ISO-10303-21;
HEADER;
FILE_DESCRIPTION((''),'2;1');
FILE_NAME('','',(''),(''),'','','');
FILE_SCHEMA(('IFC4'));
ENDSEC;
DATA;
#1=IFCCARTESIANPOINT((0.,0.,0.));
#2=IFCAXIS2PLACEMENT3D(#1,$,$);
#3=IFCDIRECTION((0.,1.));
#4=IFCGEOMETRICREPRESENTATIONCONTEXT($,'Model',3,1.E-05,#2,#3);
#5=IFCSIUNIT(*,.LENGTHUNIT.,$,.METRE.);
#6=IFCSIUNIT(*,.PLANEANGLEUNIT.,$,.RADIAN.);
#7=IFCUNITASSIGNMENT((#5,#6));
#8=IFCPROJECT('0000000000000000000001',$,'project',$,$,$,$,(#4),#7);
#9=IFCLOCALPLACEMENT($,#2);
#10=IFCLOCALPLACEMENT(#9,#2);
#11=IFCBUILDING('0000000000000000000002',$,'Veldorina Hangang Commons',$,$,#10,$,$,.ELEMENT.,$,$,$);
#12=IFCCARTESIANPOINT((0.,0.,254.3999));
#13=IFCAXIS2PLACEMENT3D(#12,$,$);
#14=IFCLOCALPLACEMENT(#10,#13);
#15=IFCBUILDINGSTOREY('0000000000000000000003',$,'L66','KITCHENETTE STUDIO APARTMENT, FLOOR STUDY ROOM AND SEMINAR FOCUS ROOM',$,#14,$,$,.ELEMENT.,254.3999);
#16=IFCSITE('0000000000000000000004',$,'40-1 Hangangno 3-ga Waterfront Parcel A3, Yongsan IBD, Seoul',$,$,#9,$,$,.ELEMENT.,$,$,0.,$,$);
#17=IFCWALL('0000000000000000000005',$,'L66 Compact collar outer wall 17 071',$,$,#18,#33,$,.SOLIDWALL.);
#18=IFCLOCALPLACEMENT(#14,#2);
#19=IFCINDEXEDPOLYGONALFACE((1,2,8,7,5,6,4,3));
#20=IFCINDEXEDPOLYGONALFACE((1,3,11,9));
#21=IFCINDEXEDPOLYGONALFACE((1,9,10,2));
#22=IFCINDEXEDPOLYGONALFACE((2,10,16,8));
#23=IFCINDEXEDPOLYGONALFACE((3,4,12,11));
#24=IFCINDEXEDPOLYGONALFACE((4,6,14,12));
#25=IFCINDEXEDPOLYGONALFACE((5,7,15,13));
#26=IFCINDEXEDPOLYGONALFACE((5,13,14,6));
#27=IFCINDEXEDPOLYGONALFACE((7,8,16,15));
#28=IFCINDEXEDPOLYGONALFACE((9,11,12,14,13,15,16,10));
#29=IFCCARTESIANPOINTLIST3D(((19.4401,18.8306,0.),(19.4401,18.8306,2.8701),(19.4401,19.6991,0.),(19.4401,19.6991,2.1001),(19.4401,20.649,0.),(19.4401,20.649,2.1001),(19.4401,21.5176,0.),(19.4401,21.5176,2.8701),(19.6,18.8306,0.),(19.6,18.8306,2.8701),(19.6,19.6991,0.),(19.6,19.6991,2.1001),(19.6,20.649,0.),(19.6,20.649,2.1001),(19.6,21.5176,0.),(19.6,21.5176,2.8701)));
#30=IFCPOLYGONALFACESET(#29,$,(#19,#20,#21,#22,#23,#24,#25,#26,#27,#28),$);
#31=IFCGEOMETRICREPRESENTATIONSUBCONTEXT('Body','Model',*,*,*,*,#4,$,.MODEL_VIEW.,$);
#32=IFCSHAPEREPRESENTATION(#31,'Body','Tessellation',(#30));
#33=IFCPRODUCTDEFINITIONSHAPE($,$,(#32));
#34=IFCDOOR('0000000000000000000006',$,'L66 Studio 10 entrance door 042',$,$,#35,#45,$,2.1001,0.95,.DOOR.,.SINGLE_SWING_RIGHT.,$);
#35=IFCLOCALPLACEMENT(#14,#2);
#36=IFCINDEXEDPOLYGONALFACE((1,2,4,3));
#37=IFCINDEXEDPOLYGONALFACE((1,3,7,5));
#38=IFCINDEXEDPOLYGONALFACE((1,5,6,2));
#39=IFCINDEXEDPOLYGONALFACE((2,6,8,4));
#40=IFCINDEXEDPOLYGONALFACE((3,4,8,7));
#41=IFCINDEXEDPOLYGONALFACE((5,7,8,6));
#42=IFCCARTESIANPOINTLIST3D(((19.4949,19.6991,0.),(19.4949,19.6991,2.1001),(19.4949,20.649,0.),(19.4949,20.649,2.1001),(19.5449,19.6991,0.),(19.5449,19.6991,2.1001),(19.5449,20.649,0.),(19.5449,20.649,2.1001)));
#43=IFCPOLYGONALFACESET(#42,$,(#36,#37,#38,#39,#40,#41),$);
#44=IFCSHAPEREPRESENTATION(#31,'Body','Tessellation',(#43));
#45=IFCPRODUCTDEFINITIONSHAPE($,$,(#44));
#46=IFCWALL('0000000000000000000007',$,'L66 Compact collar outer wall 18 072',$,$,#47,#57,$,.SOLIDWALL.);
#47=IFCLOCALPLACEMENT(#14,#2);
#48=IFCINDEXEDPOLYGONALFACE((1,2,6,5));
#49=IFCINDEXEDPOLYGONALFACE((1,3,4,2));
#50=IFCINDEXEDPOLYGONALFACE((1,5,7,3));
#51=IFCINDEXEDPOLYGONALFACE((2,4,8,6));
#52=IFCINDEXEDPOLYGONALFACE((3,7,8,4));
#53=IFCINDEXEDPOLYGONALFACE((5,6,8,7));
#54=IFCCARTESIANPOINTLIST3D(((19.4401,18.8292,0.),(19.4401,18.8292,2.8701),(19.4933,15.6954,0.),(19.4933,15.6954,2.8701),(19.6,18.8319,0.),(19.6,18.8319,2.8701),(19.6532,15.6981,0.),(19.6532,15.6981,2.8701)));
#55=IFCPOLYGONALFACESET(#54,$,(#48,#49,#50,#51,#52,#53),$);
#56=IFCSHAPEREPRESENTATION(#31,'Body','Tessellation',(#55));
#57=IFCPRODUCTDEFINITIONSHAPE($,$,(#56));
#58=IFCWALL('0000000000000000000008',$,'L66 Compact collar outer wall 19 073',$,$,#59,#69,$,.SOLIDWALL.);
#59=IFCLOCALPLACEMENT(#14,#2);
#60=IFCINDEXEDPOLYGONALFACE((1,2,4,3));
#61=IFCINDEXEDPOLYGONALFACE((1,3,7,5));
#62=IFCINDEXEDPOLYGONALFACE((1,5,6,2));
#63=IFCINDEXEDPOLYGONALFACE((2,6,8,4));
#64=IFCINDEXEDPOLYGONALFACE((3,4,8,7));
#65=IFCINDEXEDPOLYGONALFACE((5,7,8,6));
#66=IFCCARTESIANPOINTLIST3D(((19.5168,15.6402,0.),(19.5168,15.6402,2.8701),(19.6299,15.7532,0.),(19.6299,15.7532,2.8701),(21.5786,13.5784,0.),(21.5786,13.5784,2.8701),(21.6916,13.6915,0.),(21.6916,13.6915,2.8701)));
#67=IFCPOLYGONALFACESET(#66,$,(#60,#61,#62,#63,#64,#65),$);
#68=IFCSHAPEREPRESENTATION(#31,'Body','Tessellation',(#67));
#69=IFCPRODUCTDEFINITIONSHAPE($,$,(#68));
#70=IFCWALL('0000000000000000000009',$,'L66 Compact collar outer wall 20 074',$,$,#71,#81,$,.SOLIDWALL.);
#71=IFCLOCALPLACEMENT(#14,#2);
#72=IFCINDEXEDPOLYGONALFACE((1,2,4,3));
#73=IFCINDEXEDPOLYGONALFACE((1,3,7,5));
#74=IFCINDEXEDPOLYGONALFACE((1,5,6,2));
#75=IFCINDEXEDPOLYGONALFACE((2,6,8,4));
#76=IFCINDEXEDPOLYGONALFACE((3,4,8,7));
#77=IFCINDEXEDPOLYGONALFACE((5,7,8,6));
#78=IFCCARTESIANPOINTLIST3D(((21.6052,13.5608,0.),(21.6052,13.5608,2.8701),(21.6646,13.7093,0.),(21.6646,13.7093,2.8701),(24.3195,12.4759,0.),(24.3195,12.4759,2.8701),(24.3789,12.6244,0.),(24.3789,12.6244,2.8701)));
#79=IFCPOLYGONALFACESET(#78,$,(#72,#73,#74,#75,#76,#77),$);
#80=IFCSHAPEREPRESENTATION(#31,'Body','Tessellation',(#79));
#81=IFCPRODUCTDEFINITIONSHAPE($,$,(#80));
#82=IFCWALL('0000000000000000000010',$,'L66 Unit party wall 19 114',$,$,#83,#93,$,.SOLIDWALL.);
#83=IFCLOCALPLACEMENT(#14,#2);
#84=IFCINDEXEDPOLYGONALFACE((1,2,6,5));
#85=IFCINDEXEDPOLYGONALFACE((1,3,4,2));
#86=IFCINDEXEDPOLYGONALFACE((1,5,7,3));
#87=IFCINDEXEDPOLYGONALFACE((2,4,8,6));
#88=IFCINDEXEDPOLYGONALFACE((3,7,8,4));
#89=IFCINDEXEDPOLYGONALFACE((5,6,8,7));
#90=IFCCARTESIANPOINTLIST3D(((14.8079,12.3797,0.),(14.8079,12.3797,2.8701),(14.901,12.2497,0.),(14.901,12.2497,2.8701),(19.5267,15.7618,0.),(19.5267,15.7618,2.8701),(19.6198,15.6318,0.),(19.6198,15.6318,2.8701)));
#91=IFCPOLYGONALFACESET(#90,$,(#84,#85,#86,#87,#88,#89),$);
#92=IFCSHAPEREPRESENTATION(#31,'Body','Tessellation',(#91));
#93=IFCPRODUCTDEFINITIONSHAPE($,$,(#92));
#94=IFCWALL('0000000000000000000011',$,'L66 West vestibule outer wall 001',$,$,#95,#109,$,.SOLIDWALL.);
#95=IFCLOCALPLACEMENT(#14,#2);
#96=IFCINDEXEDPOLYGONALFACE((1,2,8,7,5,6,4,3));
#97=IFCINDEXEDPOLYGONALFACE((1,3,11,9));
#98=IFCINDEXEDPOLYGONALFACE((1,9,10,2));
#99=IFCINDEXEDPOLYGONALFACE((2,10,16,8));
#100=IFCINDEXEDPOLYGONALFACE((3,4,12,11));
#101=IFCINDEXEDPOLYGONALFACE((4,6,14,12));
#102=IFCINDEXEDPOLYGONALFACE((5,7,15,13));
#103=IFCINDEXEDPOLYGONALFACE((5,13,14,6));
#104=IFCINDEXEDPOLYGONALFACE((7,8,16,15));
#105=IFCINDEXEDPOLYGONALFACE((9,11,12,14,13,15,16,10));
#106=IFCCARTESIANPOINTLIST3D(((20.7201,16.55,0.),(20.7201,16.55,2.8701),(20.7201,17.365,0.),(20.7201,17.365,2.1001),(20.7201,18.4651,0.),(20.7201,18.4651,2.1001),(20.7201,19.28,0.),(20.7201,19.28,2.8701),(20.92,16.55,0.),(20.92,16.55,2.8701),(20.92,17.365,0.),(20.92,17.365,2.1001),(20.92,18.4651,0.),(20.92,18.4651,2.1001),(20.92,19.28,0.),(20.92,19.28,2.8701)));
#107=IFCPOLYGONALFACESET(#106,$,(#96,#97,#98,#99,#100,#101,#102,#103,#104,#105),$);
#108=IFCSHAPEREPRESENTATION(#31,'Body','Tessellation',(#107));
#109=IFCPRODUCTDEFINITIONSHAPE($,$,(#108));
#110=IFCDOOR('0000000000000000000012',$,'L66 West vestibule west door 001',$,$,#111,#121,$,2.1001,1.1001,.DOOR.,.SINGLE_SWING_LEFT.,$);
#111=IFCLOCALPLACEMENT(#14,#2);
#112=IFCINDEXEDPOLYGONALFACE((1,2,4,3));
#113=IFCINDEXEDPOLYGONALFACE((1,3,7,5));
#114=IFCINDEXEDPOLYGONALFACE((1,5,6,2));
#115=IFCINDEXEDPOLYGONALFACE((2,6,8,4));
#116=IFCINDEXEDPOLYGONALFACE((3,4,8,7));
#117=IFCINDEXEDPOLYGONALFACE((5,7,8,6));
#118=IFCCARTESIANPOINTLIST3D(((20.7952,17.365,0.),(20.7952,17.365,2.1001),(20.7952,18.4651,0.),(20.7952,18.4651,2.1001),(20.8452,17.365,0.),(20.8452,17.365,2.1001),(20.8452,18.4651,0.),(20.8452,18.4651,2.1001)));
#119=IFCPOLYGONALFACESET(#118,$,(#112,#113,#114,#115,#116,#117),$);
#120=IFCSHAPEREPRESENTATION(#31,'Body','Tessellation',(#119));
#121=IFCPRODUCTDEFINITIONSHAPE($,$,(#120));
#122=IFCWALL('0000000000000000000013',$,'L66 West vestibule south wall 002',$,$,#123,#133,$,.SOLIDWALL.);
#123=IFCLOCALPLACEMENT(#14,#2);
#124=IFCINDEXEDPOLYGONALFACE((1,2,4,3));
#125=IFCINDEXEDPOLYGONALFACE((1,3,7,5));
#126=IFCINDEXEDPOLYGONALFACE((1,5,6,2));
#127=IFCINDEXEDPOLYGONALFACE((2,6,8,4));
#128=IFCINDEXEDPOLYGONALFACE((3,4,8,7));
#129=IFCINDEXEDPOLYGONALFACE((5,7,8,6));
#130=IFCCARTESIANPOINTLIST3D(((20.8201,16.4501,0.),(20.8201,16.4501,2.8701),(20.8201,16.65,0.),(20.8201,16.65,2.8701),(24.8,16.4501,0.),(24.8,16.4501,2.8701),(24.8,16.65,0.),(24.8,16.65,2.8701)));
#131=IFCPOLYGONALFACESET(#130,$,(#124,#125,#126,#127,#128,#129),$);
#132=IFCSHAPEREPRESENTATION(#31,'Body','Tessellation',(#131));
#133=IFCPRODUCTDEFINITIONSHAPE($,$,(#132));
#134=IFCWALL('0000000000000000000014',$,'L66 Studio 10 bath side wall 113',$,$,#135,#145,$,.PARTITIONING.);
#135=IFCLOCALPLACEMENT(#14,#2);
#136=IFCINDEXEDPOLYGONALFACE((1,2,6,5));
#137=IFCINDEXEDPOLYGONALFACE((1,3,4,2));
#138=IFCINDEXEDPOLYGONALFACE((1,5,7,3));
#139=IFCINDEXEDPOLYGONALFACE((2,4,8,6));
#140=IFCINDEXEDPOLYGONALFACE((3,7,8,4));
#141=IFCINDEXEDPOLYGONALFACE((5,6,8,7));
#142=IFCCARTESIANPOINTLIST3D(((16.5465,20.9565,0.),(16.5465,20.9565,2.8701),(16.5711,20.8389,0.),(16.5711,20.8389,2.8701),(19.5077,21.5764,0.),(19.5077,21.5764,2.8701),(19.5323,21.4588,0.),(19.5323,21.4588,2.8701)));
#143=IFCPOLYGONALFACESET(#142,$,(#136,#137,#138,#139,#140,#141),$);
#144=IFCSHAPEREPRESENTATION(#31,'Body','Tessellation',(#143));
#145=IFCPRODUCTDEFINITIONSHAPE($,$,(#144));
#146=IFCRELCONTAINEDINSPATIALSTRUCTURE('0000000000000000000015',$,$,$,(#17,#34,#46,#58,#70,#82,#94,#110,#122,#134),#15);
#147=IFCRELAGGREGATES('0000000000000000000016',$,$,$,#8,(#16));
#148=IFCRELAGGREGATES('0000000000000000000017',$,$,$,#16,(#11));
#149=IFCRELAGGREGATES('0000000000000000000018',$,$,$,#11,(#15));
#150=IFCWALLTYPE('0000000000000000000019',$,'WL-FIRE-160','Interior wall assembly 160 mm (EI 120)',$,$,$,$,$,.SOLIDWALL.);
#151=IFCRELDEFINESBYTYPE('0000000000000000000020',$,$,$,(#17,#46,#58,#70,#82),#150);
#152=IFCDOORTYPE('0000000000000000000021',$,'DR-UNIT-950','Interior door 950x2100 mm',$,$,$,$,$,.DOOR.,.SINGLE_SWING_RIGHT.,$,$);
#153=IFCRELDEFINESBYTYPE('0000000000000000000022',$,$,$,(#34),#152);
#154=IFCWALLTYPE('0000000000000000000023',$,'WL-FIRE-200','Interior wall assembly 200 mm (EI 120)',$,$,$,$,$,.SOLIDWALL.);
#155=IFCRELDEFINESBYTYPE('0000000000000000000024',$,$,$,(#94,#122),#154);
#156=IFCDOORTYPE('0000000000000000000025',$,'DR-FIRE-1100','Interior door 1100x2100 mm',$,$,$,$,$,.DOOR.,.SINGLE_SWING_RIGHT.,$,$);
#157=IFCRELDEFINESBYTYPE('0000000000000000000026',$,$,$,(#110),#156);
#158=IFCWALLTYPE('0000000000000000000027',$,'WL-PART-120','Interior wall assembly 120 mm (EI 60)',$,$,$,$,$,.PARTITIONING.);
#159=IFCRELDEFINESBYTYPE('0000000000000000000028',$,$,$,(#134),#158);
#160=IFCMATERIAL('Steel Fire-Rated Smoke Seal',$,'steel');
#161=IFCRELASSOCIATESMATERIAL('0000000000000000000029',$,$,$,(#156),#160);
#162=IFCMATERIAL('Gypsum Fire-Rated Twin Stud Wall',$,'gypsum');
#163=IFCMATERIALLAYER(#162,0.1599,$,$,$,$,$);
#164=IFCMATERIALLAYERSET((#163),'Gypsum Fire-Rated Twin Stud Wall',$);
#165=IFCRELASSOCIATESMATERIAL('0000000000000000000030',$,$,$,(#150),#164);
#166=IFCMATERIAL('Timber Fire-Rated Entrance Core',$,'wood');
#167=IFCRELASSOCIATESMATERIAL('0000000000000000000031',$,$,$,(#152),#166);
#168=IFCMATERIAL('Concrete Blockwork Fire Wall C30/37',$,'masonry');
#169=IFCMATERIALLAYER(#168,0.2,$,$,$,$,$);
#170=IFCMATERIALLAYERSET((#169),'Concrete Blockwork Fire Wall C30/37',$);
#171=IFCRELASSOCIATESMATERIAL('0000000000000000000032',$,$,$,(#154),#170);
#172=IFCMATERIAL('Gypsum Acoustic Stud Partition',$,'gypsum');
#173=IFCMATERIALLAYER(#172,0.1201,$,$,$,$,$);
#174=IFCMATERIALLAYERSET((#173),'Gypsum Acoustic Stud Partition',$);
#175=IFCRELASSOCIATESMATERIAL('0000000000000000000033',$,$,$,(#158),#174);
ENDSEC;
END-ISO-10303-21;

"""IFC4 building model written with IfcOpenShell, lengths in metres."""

from ifc_helpers import new_model, si_unit, direction, frame, frame_2d, origin, place, context, subcontext, project, spatial, rectangle, extrude, material, layer, layer_set, type_object, element, fill, save


model = new_model("IFC4")

# Units and contexts
model_context = context("Model", 3, precision=1e-05, world=origin(), true_north=direction((0.0, 1.0)))
body_context = subcontext(model_context, "Body", "Model", "MODEL_VIEW")
ifc_project = project(units=[si_unit("LENGTHUNIT", "METRE"), si_unit("PLANEANGLEUNIT", "RADIAN")], contexts=[model_context])

# Site, building, storey
site_placement = place(None, origin())
site = spatial("IfcSite", under=ifc_project, at=site_placement, Name="40-1 Hangangno 3-ga Waterfront Parcel A3, Yongsan IBD, Seoul", CompositionType="ELEMENT", RefElevation=0.0)
building_placement = place(site_placement, origin())
building = spatial("IfcBuilding", under=site, at=building_placement, Name="Veldorina Hangang Commons", CompositionType="ELEMENT")
storey_placement = place(building_placement, frame((0.0, 0.0, 254.3999)))
storey = spatial("IfcBuildingStorey", under=building, at=storey_placement, Name="L66", Description="KITCHENETTE STUDIO APARTMENT, FLOOR STUDY ROOM AND SEMINAR FOCUS ROOM", CompositionType="ELEMENT", Elevation=254.3999)

# Wall, opening, door
ifc_material_1 = material(Name="Steel Fire-Rated Smoke Seal", Category="steel")
door_type_1 = type_object("IfcDoorType", Name="DR-FIRE-1100", Description="Interior door 1100x2100 mm", OperationType="SINGLE_SWING_RIGHT", PredefinedType="DOOR", material=ifc_material_1)
ifc_material_2 = material(Name="Gypsum Fire-Rated Twin Stud Wall", Category="gypsum")
ifc_layer_1 = layer(ifc_material_2, 0.1599)
ifc_layer_set_1 = layer_set([ifc_layer_1], Name="Gypsum Fire-Rated Twin Stud Wall")
wall_type_1 = type_object("IfcWallType", Name="WL-FIRE-160", Description="Interior wall assembly 160 mm (EI 120)", PredefinedType="SOLIDWALL", material=ifc_layer_set_1)
wall_1_placement = place(storey_placement, frame((19.52, 21.5176, 0.0), z_axis=(0.0, 0.0, 1.0), x_axis=(0.0, -1.0, 0.0)))
wall_1 = element("IfcWall", 1, at=wall_1_placement, inside=storey, type_object=wall_type_1, Name="L66 Compact collar outer wall 17 071", PredefinedType="SOLIDWALL", context=body_context, shape_type="SweptSolid", body=[
    extrude(rectangle(XDim=2.687, YDim=0.1599, at=frame_2d((1.3435, 0.0))), origin(), (0.0, 0.0, 1.0), 2.8701),
])
opening_1_placement = place(wall_1_placement, frame((0.8684, 0.0, 0.0)))
opening_1 = element("IfcOpeningElement", 2, at=opening_1_placement, cuts=wall_1, PredefinedType="OPENING", context=body_context, shape_type="SweptSolid", body=[
    extrude(rectangle(XDim=0.95, YDim=2.1001, at=frame_2d((0.4751, 1.05))), frame((0.0, 0.0898, 0.0), z_axis=(0.0, -1.0, 0.0), x_axis=(1.0, 0.0, 0.0)), (0.0, 0.0, 1.0), 0.1799),
])
ifc_material_3 = material(Name="Timber Fire-Rated Entrance Core", Category="wood")
door_type_2 = type_object("IfcDoorType", Name="DR-UNIT-950", Description="Interior door 950x2100 mm", OperationType="SINGLE_SWING_RIGHT", PredefinedType="DOOR", material=ifc_material_3)
door_1_placement = place(opening_1_placement, origin())
door_1 = element("IfcDoor", 3, at=door_1_placement, inside=storey, type_object=door_type_2, Name="L66 Studio 10 entrance door 042", OperationType="SINGLE_SWING_RIGHT", OverallHeight=2.1001, OverallWidth=0.95, PredefinedType="DOOR", context=body_context, shape_type="SweptSolid", body=[
    extrude(rectangle(XDim=0.95, YDim=2.1001, at=frame_2d((0.4751, 1.05))), frame((0.0, 0.0249, 0.0), z_axis=(0.0, -1.0, 0.0), x_axis=(1.0, 0.0, 0.0)), (0.0, 0.0, 1.0), 0.05),
])
fill(opening_1, door_1)

# Walls
wall_2_placement = place(storey_placement, frame((19.52, 18.8306, 0.0), z_axis=(0.0, 0.0, 1.0), x_axis=(0.016981, -0.999856, 0.0)))
element("IfcWall", 4, at=wall_2_placement, inside=storey, type_object=wall_type_1, Name="L66 Compact collar outer wall 18 072", PredefinedType="SOLIDWALL", context=body_context, shape_type="SweptSolid", body=[
    extrude(rectangle(XDim=3.1343, YDim=0.1599, at=frame_2d((1.5671, 0.0))), origin(), (0.0, 0.0, 1.0), 2.8701),
])
wall_3_placement = place(storey_placement, frame((19.5732, 15.6968, 0.0), z_axis=(0.0, 0.0, 1.0), x_axis=(0.707107, -0.707107, 0.0)))
element("IfcWall", 5, at=wall_3_placement, inside=storey, type_object=wall_type_1, Name="L66 Compact collar outer wall 19 073", PredefinedType="SOLIDWALL", context=body_context, shape_type="SweptSolid", body=[
    extrude(rectangle(XDim=2.9158, YDim=0.1599, at=frame_2d((1.458, 0.0))), origin(), (0.0, 0.0, 1.0), 2.8701),
])
wall_4_placement = place(storey_placement, frame((21.635, 13.635, 0.0), z_axis=(0.0, 0.0, 1.0), x_axis=(0.928569, -0.37116, 0.0)))
element("IfcWall", 6, at=wall_4_placement, inside=storey, type_object=wall_type_1, Name="L66 Compact collar outer wall 20 074", PredefinedType="SOLIDWALL", context=body_context, shape_type="SweptSolid", body=[
    extrude(rectangle(XDim=2.9231, YDim=0.1599, at=frame_2d((1.4614, 0.0))), origin(), (0.0, 0.0, 1.0), 2.8701),
])
wall_5_placement = place(storey_placement, frame((19.5732, 15.6968, 0.0), z_axis=(0.0, 0.0, 1.0), x_axis=(-0.812792, -0.582554, 0.0)))
element("IfcWall", 7, at=wall_5_placement, inside=storey, type_object=wall_type_1, Name="L66 Unit party wall 19 114", PredefinedType="SOLIDWALL", context=body_context, shape_type="SweptSolid", body=[
    extrude(rectangle(XDim=5.8057, YDim=0.1599, at=frame_2d((2.9028, 0.0))), origin(), (0.0, 0.0, 1.0), 2.8701),
])

# Wall, opening, door
ifc_material_4 = material(Name="Concrete Blockwork Fire Wall C30/37", Category="masonry")
ifc_layer_2 = layer(ifc_material_4, 0.2)
ifc_layer_set_2 = layer_set([ifc_layer_2], Name="Concrete Blockwork Fire Wall C30/37")
wall_type_2 = type_object("IfcWallType", Name="WL-FIRE-200", Description="Interior wall assembly 200 mm (EI 120)", PredefinedType="SOLIDWALL", material=ifc_layer_set_2)
wall_6_placement = place(storey_placement, frame((20.8201, 16.55, 0.0), z_axis=(0.0, 0.0, 1.0), x_axis=(0.0, 1.0, 0.0)))
wall_6 = element("IfcWall", 8, at=wall_6_placement, inside=storey, type_object=wall_type_2, Name="L66 West vestibule outer wall 001", PredefinedType="SOLIDWALL", context=body_context, shape_type="SweptSolid", body=[
    extrude(rectangle(XDim=2.73, YDim=0.2, at=frame_2d((1.365, 0.0))), origin(), (0.0, 0.0, 1.0), 2.8701),
])
opening_2_placement = place(wall_6_placement, frame((0.8149, 0.0, 0.0)))
opening_2 = element("IfcOpeningElement", 9, at=opening_2_placement, cuts=wall_6, PredefinedType="OPENING", context=body_context, shape_type="SweptSolid", body=[
    extrude(rectangle(XDim=1.1001, YDim=2.1001, at=frame_2d((0.55, 1.05))), frame((0.0, 0.1099, 0.0), z_axis=(0.0, -1.0, 0.0), x_axis=(1.0, 0.0, 0.0)), (0.0, 0.0, 1.0), 0.22),
])
door_2_placement = place(opening_2_placement, origin())
door_2 = element("IfcDoor", 10, at=door_2_placement, inside=storey, type_object=door_type_1, Name="L66 West vestibule west door 001", OperationType="SINGLE_SWING_LEFT", OverallHeight=2.1001, OverallWidth=1.1001, PredefinedType="DOOR", context=body_context, shape_type="SweptSolid", body=[
    extrude(rectangle(XDim=1.1001, YDim=2.1001, at=frame_2d((0.55, 1.05))), frame((0.0, 0.0249, 0.0), z_axis=(0.0, -1.0, 0.0), x_axis=(1.0, 0.0, 0.0)), (0.0, 0.0, 1.0), 0.05),
])
fill(opening_2, door_2)

# Walls
wall_7_placement = place(storey_placement, frame((20.8201, 16.55, 0.0), z_axis=(0.0, 0.0, 1.0), x_axis=(1.0, 0.0, 0.0)))
element("IfcWall", 11, at=wall_7_placement, inside=storey, type_object=wall_type_2, Name="L66 West vestibule south wall 002", PredefinedType="SOLIDWALL", context=body_context, shape_type="SweptSolid", body=[
    extrude(rectangle(XDim=3.98, YDim=0.2, at=frame_2d((1.99, 0.0))), origin(), (0.0, 0.0, 1.0), 2.8701),
])
ifc_material_5 = material(Name="Gypsum Acoustic Stud Partition", Category="gypsum")
ifc_layer_3 = layer(ifc_material_5, 0.1201)
ifc_layer_set_3 = layer_set([ifc_layer_3], Name="Gypsum Acoustic Stud Partition")
wall_type_3 = type_object("IfcWallType", Name="WL-PART-120", Description="Interior wall assembly 120 mm (EI 60)", PredefinedType="PARTITIONING", material=ifc_layer_set_3)
wall_8_placement = place(storey_placement, frame((19.52, 21.5176, 0.0), z_axis=(0.0, 0.0, 1.0), x_axis=(-0.978785, -0.204892, 0.0)))
element("IfcWall", 12, at=wall_8_placement, inside=storey, type_object=wall_type_3, Name="L66 Studio 10 bath side wall 113", PredefinedType="PARTITIONING", context=body_context, shape_type="SweptSolid", body=[
    extrude(rectangle(XDim=3.0254, YDim=0.1201, at=frame_2d((1.5127, 0.0))), origin(), (0.0, 0.0, 1.0), 2.8701),
])

save(model, "model.ifc")
